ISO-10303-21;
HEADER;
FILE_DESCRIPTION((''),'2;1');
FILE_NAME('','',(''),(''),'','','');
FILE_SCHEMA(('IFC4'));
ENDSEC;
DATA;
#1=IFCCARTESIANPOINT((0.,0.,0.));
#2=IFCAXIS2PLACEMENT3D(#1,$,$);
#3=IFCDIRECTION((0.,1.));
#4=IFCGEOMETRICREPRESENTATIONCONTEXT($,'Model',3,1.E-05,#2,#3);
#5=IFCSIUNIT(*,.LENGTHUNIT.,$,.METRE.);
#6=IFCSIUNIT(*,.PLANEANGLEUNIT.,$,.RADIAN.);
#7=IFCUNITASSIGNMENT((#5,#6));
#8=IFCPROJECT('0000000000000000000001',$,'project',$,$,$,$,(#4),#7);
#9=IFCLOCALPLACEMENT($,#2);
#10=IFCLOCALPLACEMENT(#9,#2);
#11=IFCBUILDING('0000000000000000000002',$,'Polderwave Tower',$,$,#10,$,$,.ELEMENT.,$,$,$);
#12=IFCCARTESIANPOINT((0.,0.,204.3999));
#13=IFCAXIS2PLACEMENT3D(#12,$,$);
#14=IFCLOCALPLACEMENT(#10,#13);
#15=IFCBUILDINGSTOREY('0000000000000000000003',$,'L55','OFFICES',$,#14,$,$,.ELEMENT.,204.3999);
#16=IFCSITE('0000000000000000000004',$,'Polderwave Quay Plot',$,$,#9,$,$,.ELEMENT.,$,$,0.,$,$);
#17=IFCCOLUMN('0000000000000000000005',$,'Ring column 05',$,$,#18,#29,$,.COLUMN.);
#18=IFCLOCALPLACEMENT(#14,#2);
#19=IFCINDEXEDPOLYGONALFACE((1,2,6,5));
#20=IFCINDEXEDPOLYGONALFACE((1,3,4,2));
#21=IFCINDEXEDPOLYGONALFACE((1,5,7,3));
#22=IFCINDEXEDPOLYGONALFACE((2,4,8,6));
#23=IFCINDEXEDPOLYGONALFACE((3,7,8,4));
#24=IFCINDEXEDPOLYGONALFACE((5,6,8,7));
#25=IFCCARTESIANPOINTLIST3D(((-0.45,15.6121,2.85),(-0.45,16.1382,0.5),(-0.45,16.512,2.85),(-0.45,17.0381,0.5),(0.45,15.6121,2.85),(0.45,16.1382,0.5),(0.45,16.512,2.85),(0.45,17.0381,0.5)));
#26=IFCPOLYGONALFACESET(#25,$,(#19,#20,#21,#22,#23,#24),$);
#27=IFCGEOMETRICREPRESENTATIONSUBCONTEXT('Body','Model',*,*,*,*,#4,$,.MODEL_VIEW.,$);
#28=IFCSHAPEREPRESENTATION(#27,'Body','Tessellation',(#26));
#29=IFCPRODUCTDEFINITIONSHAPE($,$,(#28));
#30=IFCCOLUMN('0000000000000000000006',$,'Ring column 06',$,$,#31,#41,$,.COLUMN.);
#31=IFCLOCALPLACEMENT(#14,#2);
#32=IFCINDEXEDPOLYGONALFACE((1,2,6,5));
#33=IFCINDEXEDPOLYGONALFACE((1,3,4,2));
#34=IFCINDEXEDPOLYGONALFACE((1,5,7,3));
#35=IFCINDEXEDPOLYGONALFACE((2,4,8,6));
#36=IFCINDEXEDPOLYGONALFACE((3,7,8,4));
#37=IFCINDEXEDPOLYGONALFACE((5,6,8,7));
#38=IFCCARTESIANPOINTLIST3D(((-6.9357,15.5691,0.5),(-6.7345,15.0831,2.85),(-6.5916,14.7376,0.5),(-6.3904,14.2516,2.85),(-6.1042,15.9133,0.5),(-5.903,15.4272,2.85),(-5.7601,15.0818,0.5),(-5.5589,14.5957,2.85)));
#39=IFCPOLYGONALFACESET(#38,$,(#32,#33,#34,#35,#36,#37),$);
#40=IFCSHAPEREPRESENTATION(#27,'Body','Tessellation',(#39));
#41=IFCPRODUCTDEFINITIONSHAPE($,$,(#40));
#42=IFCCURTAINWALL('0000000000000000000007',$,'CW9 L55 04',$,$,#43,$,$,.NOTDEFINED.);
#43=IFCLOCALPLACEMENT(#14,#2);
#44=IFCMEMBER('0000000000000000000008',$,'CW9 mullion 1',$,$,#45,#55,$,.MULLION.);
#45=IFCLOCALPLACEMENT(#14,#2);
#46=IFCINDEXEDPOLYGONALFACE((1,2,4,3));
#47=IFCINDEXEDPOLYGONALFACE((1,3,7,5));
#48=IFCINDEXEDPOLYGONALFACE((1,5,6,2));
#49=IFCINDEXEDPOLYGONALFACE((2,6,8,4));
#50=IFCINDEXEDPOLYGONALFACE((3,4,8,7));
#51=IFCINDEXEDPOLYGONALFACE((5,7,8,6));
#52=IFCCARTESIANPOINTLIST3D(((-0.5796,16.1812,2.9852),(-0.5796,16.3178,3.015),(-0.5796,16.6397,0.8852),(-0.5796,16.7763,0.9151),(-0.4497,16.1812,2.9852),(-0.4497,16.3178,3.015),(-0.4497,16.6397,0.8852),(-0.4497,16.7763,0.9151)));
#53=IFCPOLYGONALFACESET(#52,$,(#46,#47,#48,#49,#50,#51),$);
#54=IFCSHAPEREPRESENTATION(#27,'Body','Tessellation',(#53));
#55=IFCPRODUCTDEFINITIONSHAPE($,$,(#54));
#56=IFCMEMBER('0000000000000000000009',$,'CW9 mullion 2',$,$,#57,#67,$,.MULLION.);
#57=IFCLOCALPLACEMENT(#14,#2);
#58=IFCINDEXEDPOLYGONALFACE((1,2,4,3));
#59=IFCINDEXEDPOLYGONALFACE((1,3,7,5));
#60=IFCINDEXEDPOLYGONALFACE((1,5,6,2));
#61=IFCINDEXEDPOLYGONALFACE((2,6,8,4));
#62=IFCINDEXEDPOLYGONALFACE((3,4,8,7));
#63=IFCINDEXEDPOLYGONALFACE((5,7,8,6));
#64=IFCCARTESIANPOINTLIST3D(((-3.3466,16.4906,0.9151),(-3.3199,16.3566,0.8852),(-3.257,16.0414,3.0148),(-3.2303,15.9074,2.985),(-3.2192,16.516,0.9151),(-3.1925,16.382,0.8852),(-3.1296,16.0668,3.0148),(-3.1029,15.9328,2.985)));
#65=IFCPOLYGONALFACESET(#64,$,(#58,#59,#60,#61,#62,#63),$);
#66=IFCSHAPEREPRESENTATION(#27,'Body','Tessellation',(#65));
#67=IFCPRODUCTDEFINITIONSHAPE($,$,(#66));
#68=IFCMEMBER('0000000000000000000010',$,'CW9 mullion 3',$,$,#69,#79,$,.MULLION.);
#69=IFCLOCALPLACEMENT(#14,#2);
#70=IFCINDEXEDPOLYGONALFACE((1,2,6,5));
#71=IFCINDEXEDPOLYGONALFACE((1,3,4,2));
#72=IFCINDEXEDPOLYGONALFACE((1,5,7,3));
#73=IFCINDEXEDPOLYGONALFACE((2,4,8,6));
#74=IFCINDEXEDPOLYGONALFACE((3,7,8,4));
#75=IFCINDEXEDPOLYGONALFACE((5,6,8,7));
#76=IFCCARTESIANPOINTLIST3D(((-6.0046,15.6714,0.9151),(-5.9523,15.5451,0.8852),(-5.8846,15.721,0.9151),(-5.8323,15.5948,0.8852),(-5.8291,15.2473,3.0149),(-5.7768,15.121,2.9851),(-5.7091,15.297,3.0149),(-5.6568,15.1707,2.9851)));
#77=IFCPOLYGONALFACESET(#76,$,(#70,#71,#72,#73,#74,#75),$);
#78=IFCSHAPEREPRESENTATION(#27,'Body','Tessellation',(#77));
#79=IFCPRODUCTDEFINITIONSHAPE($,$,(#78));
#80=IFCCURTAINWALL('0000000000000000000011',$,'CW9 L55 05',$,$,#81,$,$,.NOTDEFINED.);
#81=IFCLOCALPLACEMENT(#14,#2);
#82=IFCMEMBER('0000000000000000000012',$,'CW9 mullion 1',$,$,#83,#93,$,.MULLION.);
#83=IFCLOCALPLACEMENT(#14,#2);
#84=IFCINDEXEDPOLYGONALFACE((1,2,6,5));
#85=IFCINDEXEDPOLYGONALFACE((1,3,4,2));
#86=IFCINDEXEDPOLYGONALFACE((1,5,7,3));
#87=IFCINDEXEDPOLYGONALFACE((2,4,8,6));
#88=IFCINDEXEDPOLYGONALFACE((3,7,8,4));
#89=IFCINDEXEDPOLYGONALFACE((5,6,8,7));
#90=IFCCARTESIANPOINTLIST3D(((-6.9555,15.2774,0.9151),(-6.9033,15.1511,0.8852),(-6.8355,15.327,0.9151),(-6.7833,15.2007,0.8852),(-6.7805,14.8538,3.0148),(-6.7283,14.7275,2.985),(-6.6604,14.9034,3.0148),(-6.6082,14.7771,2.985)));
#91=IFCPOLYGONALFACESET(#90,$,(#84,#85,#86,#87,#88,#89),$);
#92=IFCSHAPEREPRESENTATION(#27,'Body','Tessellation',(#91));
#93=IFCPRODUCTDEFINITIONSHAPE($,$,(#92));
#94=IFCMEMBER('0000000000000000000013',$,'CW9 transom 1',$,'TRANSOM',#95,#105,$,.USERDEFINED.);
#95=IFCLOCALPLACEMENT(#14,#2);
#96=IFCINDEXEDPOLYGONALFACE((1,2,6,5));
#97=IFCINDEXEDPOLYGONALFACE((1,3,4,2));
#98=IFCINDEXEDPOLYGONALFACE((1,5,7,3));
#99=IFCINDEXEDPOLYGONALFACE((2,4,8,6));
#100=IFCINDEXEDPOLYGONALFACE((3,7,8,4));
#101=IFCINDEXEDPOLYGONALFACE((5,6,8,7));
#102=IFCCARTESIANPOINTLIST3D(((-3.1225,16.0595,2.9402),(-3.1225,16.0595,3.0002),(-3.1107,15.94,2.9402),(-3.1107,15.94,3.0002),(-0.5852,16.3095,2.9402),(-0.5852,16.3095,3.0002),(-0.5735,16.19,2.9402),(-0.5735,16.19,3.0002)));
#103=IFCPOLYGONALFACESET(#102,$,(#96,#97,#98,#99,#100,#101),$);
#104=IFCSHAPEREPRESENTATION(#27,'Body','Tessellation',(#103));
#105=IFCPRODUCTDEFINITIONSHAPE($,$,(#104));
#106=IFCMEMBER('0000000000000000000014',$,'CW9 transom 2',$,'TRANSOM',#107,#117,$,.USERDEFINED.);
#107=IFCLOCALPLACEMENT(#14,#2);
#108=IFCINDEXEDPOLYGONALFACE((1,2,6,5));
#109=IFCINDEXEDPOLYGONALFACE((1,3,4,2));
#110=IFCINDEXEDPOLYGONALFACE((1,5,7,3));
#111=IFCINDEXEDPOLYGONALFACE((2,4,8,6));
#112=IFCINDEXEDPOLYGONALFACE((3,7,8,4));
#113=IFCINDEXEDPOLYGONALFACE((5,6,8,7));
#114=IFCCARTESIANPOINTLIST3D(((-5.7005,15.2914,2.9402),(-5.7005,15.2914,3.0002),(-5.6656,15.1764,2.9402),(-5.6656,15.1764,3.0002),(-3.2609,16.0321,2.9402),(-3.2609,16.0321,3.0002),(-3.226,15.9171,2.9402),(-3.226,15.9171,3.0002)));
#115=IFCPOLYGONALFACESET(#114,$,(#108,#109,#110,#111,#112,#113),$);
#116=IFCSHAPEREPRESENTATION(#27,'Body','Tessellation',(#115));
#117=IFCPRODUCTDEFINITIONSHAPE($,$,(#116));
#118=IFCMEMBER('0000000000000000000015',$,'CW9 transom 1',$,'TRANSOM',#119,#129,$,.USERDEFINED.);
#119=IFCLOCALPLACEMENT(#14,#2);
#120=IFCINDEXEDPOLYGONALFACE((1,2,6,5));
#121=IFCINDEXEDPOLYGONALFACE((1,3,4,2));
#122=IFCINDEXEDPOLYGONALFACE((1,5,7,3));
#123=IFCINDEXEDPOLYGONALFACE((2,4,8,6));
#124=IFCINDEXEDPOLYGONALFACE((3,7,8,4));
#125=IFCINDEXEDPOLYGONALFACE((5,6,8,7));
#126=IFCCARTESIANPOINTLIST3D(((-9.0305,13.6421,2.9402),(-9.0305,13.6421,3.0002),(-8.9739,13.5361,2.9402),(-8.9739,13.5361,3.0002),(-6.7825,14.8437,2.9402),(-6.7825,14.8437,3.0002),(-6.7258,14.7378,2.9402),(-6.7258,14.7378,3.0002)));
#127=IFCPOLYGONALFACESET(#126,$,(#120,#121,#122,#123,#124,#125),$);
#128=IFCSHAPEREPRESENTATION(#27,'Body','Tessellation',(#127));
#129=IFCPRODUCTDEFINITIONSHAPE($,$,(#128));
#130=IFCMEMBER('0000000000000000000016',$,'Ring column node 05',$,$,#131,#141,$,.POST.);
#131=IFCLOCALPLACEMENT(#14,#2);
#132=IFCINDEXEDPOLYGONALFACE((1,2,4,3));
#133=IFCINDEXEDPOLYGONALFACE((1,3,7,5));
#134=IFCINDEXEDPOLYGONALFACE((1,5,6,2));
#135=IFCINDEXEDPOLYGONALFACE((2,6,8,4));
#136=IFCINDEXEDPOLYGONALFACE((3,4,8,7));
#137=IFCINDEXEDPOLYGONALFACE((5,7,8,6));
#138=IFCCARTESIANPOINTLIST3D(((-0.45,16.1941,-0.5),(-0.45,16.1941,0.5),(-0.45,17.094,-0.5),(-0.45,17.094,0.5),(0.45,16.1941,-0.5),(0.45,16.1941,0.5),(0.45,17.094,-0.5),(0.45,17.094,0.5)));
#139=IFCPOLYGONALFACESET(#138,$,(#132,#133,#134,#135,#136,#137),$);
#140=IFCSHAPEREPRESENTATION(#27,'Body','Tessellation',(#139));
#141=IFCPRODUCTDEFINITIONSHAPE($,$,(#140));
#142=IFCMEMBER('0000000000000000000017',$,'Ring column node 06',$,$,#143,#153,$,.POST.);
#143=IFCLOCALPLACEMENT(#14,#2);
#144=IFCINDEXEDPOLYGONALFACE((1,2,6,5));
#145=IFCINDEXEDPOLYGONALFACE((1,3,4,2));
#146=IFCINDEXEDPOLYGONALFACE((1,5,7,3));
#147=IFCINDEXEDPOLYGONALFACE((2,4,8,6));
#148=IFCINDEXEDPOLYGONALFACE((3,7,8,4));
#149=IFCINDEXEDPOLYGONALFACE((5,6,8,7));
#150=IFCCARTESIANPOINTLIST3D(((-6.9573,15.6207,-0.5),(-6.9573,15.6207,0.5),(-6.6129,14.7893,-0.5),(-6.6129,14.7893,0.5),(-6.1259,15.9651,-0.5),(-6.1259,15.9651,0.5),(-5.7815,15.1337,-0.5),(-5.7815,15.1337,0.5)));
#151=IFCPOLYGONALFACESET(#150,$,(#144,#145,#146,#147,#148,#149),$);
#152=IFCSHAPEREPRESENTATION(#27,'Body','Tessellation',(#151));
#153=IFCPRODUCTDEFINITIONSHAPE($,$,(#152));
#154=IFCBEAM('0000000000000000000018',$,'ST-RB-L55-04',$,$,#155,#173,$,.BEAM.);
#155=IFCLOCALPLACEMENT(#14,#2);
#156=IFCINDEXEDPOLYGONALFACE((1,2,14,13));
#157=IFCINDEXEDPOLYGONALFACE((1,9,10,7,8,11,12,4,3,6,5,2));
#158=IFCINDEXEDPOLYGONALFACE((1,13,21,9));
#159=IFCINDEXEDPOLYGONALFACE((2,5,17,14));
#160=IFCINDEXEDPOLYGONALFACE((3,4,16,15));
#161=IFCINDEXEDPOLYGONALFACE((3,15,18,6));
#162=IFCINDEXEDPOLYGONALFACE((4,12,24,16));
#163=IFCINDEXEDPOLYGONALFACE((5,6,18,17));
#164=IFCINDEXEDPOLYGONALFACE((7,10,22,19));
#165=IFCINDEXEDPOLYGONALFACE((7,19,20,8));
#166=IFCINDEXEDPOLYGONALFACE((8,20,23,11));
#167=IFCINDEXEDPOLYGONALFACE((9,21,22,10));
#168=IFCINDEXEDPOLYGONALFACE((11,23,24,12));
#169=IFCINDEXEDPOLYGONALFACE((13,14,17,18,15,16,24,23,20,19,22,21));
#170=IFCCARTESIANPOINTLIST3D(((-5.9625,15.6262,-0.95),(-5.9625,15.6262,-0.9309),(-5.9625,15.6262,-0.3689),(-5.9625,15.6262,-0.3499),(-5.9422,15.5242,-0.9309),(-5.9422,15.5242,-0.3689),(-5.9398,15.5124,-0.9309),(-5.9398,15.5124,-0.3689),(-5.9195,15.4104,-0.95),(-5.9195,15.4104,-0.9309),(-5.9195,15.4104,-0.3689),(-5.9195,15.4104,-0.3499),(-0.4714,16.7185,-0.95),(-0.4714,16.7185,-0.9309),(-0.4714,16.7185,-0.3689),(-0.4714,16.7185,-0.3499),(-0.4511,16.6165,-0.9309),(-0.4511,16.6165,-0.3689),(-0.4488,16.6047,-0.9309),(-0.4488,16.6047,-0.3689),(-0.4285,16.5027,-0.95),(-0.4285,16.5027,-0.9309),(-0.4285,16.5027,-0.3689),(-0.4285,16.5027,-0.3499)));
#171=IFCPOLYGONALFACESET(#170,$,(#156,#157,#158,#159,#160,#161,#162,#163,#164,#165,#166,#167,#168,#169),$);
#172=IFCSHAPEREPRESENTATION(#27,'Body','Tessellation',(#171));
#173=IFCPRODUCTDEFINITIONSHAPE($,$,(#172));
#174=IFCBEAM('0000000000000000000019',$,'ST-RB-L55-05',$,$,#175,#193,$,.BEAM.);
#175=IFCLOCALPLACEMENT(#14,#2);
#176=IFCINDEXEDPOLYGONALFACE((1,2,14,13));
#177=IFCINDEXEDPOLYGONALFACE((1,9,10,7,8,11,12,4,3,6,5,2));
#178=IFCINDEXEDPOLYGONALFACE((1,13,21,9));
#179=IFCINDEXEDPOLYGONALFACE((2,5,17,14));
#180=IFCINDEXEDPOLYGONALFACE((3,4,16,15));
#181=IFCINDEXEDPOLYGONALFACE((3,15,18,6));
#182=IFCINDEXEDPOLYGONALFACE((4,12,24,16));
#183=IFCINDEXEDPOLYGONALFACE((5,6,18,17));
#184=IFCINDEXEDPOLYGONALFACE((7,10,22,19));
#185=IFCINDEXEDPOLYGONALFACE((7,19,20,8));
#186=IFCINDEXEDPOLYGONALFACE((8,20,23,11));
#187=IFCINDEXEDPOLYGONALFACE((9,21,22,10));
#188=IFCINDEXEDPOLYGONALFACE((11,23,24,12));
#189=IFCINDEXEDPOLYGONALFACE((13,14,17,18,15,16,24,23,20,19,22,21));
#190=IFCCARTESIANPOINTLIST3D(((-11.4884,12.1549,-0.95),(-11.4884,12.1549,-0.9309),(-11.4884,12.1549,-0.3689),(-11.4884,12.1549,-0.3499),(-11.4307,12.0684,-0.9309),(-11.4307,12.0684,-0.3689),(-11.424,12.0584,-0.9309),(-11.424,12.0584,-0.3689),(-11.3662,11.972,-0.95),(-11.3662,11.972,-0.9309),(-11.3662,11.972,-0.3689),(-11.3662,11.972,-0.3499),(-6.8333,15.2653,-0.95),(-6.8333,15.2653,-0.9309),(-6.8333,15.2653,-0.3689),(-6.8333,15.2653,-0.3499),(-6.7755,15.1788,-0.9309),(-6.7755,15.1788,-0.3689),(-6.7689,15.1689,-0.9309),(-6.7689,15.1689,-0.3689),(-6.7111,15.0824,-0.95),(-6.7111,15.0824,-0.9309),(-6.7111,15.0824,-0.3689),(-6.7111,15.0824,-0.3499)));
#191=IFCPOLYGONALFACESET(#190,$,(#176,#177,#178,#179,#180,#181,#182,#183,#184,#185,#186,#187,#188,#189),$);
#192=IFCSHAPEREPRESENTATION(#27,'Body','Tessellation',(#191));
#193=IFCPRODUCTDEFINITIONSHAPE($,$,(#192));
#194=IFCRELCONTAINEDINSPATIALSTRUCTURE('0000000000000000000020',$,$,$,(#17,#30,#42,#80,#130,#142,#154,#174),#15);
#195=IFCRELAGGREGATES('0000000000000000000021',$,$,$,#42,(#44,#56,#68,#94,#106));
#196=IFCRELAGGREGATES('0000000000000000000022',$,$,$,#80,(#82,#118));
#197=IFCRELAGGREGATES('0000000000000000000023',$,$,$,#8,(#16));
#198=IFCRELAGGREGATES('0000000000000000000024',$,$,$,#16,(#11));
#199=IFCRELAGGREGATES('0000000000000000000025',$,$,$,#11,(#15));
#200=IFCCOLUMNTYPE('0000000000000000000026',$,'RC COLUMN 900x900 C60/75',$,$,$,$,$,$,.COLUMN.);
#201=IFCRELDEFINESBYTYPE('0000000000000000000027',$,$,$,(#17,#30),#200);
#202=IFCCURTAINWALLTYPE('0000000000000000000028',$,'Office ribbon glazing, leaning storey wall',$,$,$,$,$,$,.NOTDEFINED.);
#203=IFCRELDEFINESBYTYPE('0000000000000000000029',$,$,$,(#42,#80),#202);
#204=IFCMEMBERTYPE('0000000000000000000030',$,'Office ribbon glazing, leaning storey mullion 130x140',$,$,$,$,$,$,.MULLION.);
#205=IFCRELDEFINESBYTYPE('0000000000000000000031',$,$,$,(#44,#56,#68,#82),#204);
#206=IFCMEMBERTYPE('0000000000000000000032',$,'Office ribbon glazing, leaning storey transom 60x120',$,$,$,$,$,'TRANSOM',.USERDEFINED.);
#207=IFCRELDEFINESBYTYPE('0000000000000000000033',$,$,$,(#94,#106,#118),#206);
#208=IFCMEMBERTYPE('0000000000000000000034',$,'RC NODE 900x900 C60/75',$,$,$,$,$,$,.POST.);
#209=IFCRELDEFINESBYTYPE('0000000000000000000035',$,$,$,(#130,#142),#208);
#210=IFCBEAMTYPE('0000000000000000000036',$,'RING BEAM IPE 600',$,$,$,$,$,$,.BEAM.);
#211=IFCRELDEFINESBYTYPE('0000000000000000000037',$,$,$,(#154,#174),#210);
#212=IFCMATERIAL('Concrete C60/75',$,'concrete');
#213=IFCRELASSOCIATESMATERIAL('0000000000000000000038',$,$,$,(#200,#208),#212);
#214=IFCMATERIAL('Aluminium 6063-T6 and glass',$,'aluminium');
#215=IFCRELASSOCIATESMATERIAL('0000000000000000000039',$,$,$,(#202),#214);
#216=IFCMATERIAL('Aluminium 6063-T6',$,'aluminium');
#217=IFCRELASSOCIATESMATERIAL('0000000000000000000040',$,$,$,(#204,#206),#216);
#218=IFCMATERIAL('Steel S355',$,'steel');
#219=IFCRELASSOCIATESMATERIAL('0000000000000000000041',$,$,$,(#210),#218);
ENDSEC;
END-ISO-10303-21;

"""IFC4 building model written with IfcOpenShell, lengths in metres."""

from ifc_helpers import new_model, si_unit, direction, frame, origin, origin_2d, place, context, subcontext, project, spatial, rectangle, i_section, extrude, material, material_profile, profile_set, type_object, element, aggregate, save


model = new_model("IFC4")

# Units and contexts
model_context = context("Model", 3, precision=1e-05, world=origin(), true_north=direction((0.0, 1.0)))
body_context = subcontext(model_context, "Body", "Model", "MODEL_VIEW")
ifc_project = project(units=[si_unit("LENGTHUNIT", "METRE"), si_unit("PLANEANGLEUNIT", "RADIAN")], contexts=[model_context])

# Site, building, storey
site_placement = place(None, origin())
site = spatial("IfcSite", under=ifc_project, at=site_placement, Name="Polderwave Quay Plot", CompositionType="ELEMENT", RefElevation=0.0)
building_placement = place(site_placement, origin())
building = spatial("IfcBuilding", under=site, at=building_placement, Name="Polderwave Tower", CompositionType="ELEMENT")
storey_placement = place(building_placement, frame((0.0, 0.0, 204.3999)))
storey = spatial("IfcBuildingStorey", under=building, at=storey_placement, Name="L55", Description="OFFICES", CompositionType="ELEMENT", Elevation=204.3999)

# Columns
ifc_material_1 = material(Name="Concrete C60/75", Category="concrete")
ifc_material_profile_1 = material_profile(ifc_material_1, rectangle(XDim=0.8999, YDim=0.8999, at=origin_2d()), Name="RC 900x900")
ifc_profile_set_1 = profile_set([ifc_material_profile_1], Name="Concrete C60/75")
column_type = type_object("IfcColumnType", Name="RC COLUMN 900x900 C60/75", PredefinedType="COLUMN", material=ifc_profile_set_1)
column_1_placement = place(storey_placement, frame((0.0, 16.5881, 0.5), z_axis=(0.0, 0.0, 1.0), x_axis=(1.0, 0.0, 0.0)))
element("IfcColumn", 1, at=column_1_placement, inside=storey, type_object=column_type, Name="Ring column 05", PredefinedType="COLUMN", context=body_context, shape_type="SweptSolid", body=[
    extrude(rectangle(XDim=0.8999, YDim=0.8999, at=origin_2d()), origin(), (0.0, -0.218465, 0.975845), 2.4082),
])
column_2_placement = place(storey_placement, frame((-6.3479, 15.3254, 0.5), z_axis=(0.0, 0.0, 1.0), x_axis=(0.923994, 0.382406, 0.0)))
element("IfcColumn", 2, at=column_2_placement, inside=storey, type_object=column_type, Name="Ring column 06", PredefinedType="COLUMN", context=body_context, shape_type="SweptSolid", body=[
    extrude(rectangle(XDim=0.8999, YDim=0.8999, at=origin_2d()), origin(), (0.0, -0.218443, 0.97585), 2.4082),
])

# Curtain wall, members
ifc_material_2 = material(Name="Aluminium 6063-T6 and glass", Category="aluminium")
curtain_wall_type = type_object("IfcCurtainWallType", Name="Office ribbon glazing, leaning storey wall", PredefinedType="NOTDEFINED", material=ifc_material_2)
curtain_wall_1_placement = place(storey_placement, origin())
curtain_wall_1 = element("IfcCurtainWall", 3, at=curtain_wall_1_placement, inside=storey, type_object=curtain_wall_type, Name="CW9 L55 04", PredefinedType="NOTDEFINED")
ifc_material_3 = material(Name="Aluminium 6063-T6", Category="aluminium")
ifc_material_profile_2 = material_profile(ifc_material_3, rectangle(XDim=0.1299, YDim=0.1399, at=origin_2d()), Name="AL 130x140")
ifc_profile_set_2 = profile_set([ifc_material_profile_2], Name="Aluminium 6063-T6")
member_type_1 = type_object("IfcMemberType", Name="Office ribbon glazing, leaning storey mullion 130x140", PredefinedType="MULLION", material=ifc_profile_set_2)
member_1_placement = place(storey_placement, frame((-0.5146, 16.708, 0.9001), z_axis=(0.0, -0.213321, 0.976982), x_axis=(1.0, 0.0, 0.0)))
member_1 = element("IfcMember", 4, at=member_1_placement, type_object=member_type_1, Name="CW9 mullion 1", PredefinedType="MULLION", context=body_context, shape_type="SweptSolid", body=[
    extrude(rectangle(XDim=0.1299, YDim=0.1399, at=origin_2d()), origin(), (0.0, 0.0, 1.0), 2.1494),
])
member_2_placement = place(storey_placement, frame((-3.2695, 16.4363, 0.9001), z_axis=(0.041689, -0.209013, 0.977024), x_axis=(0.980683, 0.195604, 0.0)))
member_2 = element("IfcMember", 5, at=member_2_placement, type_object=member_type_1, Name="CW9 mullion 2", PredefinedType="MULLION", context=body_context, shape_type="SweptSolid", body=[
    extrude(rectangle(XDim=0.1299, YDim=0.1399, at=origin_2d()), origin(), (0.0, 0.0, 1.0), 2.1492),
])
member_3_placement = place(storey_placement, frame((-5.9185, 15.6331, 0.9001), z_axis=(0.081667, -0.197296, 0.976937), x_axis=(0.923971, 0.382461, 0.0)))
member_3 = element("IfcMember", 6, at=member_3_placement, type_object=member_type_1, Name="CW9 mullion 3", PredefinedType="MULLION", context=body_context, shape_type="SweptSolid", body=[
    extrude(rectangle(XDim=0.1299, YDim=0.1399, at=origin_2d()), origin(), (0.0, 0.0, 1.0), 2.1494),
])

# Curtain wall, member
curtain_wall_2_placement = place(storey_placement, origin())
curtain_wall_2 = element("IfcCurtainWall", 7, at=curtain_wall_2_placement, inside=storey, type_object=curtain_wall_type, Name="CW9 L55 05", PredefinedType="NOTDEFINED")
member_4_placement = place(storey_placement, frame((-6.8694, 15.239, 0.9001), z_axis=(0.081445, -0.197081, 0.976998), x_axis=(0.924192, 0.381928, 0.0)))
member_4 = element("IfcMember", 8, at=member_4_placement, type_object=member_type_1, Name="CW9 mullion 1", PredefinedType="MULLION", context=body_context, shape_type="SweptSolid", body=[
    extrude(rectangle(XDim=0.1299, YDim=0.1399, at=origin_2d()), origin(), (0.0, 0.0, 1.0), 2.1492),
])

# Members
ifc_material_profile_3 = material_profile(ifc_material_3, rectangle(XDim=0.1201, YDim=0.0601, at=origin_2d()), Name="AL 60x120")
ifc_profile_set_3 = profile_set([ifc_material_profile_3], Name="Aluminium 6063-T6")
member_type_2 = type_object("IfcMemberType", Name="Office ribbon glazing, leaning storey transom 60x120", ElementType="TRANSOM", PredefinedType="USERDEFINED", material=ifc_profile_set_3)
member_5_placement = place(storey_placement, frame((-0.5793, 16.2498, 2.9702), z_axis=(-0.995181, -0.098053, 0.0), x_axis=(0.098053, -0.995181, 0.0)))
member_5 = element("IfcMember", 9, at=member_5_placement, type_object=member_type_2, Name="CW9 transom 1", ObjectType="TRANSOM", PredefinedType="USERDEFINED", context=body_context, shape_type="SweptSolid", body=[
    extrude(rectangle(XDim=0.1201, YDim=0.0601, at=origin_2d()), origin(), (0.0, 0.0, 1.0), 2.5496),
])
member_6_placement = place(storey_placement, frame((-3.2434, 15.9746, 2.9702), z_axis=(-0.95687, -0.290518, 0.0), x_axis=(0.290518, -0.95687, 0.0)))
member_6 = element("IfcMember", 10, at=member_6_placement, type_object=member_type_2, Name="CW9 transom 2", ObjectType="TRANSOM", PredefinedType="USERDEFINED", context=body_context, shape_type="SweptSolid", body=[
    extrude(rectangle(XDim=0.1201, YDim=0.0601, at=origin_2d()), origin(), (0.0, 0.0, 1.0), 2.5496),
])
member_7_placement = place(storey_placement, frame((-6.7542, 14.7908, 2.9702), z_axis=(-0.881912, -0.471413, 0.0), x_axis=(0.471413, -0.881912, 0.0)))
member_7 = element("IfcMember", 11, at=member_7_placement, type_object=member_type_2, Name="CW9 transom 1", ObjectType="TRANSOM", PredefinedType="USERDEFINED", context=body_context, shape_type="SweptSolid", body=[
    extrude(rectangle(XDim=0.1201, YDim=0.0601, at=origin_2d()), origin(), (0.0, 0.0, 1.0), 2.5491),
])

# Members
ifc_material_profile_4 = material_profile(ifc_material_1, rectangle(XDim=0.8999, YDim=0.8999, at=origin_2d()), Name="RC 900x900")
ifc_profile_set_4 = profile_set([ifc_material_profile_4], Name="Concrete C60/75")
member_type_3 = type_object("IfcMemberType", Name="RC NODE 900x900 C60/75", PredefinedType="POST", material=ifc_profile_set_4)
for number, where, z_axis, x_axis, name in (
    (12, (0.0, 16.644, -0.5), (0.0, 0.0, 1.0), (0.0, 1.0, 0.0), "Ring column node 05"),
    (13, (-6.3694, 15.3772, -0.5), (0.0, 0.0, 1.0), (-0.382683, 0.92388, 0.0), "Ring column node 06"),
):
    element("IfcMember", number, at=place(storey_placement, frame(where, z_axis=z_axis, x_axis=x_axis)), inside=storey, type_object=member_type_3, Name=name, PredefinedType="POST", context=body_context, shape_type="SweptSolid", body=[
        extrude(rectangle(XDim=0.8999, YDim=0.8999, at=origin_2d()), origin(), (0.0, 0.0, 1.0), 1.0),
    ])

# Beams
ifc_material_4 = material(Name="Steel S355", Category="steel")
ifc_material_profile_5 = material_profile(ifc_material_4, i_section(OverallWidth=0.22, OverallDepth=0.6001, WebThickness=0.012, FlangeThickness=0.019, at=origin_2d()), Name="IPE 600")
ifc_profile_set_5 = profile_set([ifc_material_profile_5], Name="Steel S355")
beam_type = type_object("IfcBeamType", Name="RING BEAM IPE 600", PredefinedType="BEAM", material=ifc_profile_set_5)
for number, where, z_axis, x_axis, name in (
    (14, (-0.45, 16.6106, -0.6499), (-0.980783, -0.195101, 0.0), (0.195101, -0.980783, 0.0), "ST-RB-L55-04"),
    (15, (-6.7722, 15.1738, -0.6499), (-0.831473, -0.555565, 0.0), (0.555565, -0.831473, 0.0), "ST-RB-L55-05"),
):
    element("IfcBeam", number, at=place(storey_placement, frame(where, z_axis=z_axis, x_axis=x_axis)), inside=storey, type_object=beam_type, Name=name, PredefinedType="BEAM", context=body_context, shape_type="SweptSolid", body=[
        extrude(i_section(OverallWidth=0.22, OverallDepth=0.6001, WebThickness=0.012, FlangeThickness=0.019, at=origin_2d()), origin(), (0.0, 0.0, 1.0), 5.5986),
    ])

aggregate(curtain_wall_1, [member_1, member_2, member_3, member_5, member_6])
aggregate(curtain_wall_2, [member_4, member_7])

save(model, "model.ifc")
